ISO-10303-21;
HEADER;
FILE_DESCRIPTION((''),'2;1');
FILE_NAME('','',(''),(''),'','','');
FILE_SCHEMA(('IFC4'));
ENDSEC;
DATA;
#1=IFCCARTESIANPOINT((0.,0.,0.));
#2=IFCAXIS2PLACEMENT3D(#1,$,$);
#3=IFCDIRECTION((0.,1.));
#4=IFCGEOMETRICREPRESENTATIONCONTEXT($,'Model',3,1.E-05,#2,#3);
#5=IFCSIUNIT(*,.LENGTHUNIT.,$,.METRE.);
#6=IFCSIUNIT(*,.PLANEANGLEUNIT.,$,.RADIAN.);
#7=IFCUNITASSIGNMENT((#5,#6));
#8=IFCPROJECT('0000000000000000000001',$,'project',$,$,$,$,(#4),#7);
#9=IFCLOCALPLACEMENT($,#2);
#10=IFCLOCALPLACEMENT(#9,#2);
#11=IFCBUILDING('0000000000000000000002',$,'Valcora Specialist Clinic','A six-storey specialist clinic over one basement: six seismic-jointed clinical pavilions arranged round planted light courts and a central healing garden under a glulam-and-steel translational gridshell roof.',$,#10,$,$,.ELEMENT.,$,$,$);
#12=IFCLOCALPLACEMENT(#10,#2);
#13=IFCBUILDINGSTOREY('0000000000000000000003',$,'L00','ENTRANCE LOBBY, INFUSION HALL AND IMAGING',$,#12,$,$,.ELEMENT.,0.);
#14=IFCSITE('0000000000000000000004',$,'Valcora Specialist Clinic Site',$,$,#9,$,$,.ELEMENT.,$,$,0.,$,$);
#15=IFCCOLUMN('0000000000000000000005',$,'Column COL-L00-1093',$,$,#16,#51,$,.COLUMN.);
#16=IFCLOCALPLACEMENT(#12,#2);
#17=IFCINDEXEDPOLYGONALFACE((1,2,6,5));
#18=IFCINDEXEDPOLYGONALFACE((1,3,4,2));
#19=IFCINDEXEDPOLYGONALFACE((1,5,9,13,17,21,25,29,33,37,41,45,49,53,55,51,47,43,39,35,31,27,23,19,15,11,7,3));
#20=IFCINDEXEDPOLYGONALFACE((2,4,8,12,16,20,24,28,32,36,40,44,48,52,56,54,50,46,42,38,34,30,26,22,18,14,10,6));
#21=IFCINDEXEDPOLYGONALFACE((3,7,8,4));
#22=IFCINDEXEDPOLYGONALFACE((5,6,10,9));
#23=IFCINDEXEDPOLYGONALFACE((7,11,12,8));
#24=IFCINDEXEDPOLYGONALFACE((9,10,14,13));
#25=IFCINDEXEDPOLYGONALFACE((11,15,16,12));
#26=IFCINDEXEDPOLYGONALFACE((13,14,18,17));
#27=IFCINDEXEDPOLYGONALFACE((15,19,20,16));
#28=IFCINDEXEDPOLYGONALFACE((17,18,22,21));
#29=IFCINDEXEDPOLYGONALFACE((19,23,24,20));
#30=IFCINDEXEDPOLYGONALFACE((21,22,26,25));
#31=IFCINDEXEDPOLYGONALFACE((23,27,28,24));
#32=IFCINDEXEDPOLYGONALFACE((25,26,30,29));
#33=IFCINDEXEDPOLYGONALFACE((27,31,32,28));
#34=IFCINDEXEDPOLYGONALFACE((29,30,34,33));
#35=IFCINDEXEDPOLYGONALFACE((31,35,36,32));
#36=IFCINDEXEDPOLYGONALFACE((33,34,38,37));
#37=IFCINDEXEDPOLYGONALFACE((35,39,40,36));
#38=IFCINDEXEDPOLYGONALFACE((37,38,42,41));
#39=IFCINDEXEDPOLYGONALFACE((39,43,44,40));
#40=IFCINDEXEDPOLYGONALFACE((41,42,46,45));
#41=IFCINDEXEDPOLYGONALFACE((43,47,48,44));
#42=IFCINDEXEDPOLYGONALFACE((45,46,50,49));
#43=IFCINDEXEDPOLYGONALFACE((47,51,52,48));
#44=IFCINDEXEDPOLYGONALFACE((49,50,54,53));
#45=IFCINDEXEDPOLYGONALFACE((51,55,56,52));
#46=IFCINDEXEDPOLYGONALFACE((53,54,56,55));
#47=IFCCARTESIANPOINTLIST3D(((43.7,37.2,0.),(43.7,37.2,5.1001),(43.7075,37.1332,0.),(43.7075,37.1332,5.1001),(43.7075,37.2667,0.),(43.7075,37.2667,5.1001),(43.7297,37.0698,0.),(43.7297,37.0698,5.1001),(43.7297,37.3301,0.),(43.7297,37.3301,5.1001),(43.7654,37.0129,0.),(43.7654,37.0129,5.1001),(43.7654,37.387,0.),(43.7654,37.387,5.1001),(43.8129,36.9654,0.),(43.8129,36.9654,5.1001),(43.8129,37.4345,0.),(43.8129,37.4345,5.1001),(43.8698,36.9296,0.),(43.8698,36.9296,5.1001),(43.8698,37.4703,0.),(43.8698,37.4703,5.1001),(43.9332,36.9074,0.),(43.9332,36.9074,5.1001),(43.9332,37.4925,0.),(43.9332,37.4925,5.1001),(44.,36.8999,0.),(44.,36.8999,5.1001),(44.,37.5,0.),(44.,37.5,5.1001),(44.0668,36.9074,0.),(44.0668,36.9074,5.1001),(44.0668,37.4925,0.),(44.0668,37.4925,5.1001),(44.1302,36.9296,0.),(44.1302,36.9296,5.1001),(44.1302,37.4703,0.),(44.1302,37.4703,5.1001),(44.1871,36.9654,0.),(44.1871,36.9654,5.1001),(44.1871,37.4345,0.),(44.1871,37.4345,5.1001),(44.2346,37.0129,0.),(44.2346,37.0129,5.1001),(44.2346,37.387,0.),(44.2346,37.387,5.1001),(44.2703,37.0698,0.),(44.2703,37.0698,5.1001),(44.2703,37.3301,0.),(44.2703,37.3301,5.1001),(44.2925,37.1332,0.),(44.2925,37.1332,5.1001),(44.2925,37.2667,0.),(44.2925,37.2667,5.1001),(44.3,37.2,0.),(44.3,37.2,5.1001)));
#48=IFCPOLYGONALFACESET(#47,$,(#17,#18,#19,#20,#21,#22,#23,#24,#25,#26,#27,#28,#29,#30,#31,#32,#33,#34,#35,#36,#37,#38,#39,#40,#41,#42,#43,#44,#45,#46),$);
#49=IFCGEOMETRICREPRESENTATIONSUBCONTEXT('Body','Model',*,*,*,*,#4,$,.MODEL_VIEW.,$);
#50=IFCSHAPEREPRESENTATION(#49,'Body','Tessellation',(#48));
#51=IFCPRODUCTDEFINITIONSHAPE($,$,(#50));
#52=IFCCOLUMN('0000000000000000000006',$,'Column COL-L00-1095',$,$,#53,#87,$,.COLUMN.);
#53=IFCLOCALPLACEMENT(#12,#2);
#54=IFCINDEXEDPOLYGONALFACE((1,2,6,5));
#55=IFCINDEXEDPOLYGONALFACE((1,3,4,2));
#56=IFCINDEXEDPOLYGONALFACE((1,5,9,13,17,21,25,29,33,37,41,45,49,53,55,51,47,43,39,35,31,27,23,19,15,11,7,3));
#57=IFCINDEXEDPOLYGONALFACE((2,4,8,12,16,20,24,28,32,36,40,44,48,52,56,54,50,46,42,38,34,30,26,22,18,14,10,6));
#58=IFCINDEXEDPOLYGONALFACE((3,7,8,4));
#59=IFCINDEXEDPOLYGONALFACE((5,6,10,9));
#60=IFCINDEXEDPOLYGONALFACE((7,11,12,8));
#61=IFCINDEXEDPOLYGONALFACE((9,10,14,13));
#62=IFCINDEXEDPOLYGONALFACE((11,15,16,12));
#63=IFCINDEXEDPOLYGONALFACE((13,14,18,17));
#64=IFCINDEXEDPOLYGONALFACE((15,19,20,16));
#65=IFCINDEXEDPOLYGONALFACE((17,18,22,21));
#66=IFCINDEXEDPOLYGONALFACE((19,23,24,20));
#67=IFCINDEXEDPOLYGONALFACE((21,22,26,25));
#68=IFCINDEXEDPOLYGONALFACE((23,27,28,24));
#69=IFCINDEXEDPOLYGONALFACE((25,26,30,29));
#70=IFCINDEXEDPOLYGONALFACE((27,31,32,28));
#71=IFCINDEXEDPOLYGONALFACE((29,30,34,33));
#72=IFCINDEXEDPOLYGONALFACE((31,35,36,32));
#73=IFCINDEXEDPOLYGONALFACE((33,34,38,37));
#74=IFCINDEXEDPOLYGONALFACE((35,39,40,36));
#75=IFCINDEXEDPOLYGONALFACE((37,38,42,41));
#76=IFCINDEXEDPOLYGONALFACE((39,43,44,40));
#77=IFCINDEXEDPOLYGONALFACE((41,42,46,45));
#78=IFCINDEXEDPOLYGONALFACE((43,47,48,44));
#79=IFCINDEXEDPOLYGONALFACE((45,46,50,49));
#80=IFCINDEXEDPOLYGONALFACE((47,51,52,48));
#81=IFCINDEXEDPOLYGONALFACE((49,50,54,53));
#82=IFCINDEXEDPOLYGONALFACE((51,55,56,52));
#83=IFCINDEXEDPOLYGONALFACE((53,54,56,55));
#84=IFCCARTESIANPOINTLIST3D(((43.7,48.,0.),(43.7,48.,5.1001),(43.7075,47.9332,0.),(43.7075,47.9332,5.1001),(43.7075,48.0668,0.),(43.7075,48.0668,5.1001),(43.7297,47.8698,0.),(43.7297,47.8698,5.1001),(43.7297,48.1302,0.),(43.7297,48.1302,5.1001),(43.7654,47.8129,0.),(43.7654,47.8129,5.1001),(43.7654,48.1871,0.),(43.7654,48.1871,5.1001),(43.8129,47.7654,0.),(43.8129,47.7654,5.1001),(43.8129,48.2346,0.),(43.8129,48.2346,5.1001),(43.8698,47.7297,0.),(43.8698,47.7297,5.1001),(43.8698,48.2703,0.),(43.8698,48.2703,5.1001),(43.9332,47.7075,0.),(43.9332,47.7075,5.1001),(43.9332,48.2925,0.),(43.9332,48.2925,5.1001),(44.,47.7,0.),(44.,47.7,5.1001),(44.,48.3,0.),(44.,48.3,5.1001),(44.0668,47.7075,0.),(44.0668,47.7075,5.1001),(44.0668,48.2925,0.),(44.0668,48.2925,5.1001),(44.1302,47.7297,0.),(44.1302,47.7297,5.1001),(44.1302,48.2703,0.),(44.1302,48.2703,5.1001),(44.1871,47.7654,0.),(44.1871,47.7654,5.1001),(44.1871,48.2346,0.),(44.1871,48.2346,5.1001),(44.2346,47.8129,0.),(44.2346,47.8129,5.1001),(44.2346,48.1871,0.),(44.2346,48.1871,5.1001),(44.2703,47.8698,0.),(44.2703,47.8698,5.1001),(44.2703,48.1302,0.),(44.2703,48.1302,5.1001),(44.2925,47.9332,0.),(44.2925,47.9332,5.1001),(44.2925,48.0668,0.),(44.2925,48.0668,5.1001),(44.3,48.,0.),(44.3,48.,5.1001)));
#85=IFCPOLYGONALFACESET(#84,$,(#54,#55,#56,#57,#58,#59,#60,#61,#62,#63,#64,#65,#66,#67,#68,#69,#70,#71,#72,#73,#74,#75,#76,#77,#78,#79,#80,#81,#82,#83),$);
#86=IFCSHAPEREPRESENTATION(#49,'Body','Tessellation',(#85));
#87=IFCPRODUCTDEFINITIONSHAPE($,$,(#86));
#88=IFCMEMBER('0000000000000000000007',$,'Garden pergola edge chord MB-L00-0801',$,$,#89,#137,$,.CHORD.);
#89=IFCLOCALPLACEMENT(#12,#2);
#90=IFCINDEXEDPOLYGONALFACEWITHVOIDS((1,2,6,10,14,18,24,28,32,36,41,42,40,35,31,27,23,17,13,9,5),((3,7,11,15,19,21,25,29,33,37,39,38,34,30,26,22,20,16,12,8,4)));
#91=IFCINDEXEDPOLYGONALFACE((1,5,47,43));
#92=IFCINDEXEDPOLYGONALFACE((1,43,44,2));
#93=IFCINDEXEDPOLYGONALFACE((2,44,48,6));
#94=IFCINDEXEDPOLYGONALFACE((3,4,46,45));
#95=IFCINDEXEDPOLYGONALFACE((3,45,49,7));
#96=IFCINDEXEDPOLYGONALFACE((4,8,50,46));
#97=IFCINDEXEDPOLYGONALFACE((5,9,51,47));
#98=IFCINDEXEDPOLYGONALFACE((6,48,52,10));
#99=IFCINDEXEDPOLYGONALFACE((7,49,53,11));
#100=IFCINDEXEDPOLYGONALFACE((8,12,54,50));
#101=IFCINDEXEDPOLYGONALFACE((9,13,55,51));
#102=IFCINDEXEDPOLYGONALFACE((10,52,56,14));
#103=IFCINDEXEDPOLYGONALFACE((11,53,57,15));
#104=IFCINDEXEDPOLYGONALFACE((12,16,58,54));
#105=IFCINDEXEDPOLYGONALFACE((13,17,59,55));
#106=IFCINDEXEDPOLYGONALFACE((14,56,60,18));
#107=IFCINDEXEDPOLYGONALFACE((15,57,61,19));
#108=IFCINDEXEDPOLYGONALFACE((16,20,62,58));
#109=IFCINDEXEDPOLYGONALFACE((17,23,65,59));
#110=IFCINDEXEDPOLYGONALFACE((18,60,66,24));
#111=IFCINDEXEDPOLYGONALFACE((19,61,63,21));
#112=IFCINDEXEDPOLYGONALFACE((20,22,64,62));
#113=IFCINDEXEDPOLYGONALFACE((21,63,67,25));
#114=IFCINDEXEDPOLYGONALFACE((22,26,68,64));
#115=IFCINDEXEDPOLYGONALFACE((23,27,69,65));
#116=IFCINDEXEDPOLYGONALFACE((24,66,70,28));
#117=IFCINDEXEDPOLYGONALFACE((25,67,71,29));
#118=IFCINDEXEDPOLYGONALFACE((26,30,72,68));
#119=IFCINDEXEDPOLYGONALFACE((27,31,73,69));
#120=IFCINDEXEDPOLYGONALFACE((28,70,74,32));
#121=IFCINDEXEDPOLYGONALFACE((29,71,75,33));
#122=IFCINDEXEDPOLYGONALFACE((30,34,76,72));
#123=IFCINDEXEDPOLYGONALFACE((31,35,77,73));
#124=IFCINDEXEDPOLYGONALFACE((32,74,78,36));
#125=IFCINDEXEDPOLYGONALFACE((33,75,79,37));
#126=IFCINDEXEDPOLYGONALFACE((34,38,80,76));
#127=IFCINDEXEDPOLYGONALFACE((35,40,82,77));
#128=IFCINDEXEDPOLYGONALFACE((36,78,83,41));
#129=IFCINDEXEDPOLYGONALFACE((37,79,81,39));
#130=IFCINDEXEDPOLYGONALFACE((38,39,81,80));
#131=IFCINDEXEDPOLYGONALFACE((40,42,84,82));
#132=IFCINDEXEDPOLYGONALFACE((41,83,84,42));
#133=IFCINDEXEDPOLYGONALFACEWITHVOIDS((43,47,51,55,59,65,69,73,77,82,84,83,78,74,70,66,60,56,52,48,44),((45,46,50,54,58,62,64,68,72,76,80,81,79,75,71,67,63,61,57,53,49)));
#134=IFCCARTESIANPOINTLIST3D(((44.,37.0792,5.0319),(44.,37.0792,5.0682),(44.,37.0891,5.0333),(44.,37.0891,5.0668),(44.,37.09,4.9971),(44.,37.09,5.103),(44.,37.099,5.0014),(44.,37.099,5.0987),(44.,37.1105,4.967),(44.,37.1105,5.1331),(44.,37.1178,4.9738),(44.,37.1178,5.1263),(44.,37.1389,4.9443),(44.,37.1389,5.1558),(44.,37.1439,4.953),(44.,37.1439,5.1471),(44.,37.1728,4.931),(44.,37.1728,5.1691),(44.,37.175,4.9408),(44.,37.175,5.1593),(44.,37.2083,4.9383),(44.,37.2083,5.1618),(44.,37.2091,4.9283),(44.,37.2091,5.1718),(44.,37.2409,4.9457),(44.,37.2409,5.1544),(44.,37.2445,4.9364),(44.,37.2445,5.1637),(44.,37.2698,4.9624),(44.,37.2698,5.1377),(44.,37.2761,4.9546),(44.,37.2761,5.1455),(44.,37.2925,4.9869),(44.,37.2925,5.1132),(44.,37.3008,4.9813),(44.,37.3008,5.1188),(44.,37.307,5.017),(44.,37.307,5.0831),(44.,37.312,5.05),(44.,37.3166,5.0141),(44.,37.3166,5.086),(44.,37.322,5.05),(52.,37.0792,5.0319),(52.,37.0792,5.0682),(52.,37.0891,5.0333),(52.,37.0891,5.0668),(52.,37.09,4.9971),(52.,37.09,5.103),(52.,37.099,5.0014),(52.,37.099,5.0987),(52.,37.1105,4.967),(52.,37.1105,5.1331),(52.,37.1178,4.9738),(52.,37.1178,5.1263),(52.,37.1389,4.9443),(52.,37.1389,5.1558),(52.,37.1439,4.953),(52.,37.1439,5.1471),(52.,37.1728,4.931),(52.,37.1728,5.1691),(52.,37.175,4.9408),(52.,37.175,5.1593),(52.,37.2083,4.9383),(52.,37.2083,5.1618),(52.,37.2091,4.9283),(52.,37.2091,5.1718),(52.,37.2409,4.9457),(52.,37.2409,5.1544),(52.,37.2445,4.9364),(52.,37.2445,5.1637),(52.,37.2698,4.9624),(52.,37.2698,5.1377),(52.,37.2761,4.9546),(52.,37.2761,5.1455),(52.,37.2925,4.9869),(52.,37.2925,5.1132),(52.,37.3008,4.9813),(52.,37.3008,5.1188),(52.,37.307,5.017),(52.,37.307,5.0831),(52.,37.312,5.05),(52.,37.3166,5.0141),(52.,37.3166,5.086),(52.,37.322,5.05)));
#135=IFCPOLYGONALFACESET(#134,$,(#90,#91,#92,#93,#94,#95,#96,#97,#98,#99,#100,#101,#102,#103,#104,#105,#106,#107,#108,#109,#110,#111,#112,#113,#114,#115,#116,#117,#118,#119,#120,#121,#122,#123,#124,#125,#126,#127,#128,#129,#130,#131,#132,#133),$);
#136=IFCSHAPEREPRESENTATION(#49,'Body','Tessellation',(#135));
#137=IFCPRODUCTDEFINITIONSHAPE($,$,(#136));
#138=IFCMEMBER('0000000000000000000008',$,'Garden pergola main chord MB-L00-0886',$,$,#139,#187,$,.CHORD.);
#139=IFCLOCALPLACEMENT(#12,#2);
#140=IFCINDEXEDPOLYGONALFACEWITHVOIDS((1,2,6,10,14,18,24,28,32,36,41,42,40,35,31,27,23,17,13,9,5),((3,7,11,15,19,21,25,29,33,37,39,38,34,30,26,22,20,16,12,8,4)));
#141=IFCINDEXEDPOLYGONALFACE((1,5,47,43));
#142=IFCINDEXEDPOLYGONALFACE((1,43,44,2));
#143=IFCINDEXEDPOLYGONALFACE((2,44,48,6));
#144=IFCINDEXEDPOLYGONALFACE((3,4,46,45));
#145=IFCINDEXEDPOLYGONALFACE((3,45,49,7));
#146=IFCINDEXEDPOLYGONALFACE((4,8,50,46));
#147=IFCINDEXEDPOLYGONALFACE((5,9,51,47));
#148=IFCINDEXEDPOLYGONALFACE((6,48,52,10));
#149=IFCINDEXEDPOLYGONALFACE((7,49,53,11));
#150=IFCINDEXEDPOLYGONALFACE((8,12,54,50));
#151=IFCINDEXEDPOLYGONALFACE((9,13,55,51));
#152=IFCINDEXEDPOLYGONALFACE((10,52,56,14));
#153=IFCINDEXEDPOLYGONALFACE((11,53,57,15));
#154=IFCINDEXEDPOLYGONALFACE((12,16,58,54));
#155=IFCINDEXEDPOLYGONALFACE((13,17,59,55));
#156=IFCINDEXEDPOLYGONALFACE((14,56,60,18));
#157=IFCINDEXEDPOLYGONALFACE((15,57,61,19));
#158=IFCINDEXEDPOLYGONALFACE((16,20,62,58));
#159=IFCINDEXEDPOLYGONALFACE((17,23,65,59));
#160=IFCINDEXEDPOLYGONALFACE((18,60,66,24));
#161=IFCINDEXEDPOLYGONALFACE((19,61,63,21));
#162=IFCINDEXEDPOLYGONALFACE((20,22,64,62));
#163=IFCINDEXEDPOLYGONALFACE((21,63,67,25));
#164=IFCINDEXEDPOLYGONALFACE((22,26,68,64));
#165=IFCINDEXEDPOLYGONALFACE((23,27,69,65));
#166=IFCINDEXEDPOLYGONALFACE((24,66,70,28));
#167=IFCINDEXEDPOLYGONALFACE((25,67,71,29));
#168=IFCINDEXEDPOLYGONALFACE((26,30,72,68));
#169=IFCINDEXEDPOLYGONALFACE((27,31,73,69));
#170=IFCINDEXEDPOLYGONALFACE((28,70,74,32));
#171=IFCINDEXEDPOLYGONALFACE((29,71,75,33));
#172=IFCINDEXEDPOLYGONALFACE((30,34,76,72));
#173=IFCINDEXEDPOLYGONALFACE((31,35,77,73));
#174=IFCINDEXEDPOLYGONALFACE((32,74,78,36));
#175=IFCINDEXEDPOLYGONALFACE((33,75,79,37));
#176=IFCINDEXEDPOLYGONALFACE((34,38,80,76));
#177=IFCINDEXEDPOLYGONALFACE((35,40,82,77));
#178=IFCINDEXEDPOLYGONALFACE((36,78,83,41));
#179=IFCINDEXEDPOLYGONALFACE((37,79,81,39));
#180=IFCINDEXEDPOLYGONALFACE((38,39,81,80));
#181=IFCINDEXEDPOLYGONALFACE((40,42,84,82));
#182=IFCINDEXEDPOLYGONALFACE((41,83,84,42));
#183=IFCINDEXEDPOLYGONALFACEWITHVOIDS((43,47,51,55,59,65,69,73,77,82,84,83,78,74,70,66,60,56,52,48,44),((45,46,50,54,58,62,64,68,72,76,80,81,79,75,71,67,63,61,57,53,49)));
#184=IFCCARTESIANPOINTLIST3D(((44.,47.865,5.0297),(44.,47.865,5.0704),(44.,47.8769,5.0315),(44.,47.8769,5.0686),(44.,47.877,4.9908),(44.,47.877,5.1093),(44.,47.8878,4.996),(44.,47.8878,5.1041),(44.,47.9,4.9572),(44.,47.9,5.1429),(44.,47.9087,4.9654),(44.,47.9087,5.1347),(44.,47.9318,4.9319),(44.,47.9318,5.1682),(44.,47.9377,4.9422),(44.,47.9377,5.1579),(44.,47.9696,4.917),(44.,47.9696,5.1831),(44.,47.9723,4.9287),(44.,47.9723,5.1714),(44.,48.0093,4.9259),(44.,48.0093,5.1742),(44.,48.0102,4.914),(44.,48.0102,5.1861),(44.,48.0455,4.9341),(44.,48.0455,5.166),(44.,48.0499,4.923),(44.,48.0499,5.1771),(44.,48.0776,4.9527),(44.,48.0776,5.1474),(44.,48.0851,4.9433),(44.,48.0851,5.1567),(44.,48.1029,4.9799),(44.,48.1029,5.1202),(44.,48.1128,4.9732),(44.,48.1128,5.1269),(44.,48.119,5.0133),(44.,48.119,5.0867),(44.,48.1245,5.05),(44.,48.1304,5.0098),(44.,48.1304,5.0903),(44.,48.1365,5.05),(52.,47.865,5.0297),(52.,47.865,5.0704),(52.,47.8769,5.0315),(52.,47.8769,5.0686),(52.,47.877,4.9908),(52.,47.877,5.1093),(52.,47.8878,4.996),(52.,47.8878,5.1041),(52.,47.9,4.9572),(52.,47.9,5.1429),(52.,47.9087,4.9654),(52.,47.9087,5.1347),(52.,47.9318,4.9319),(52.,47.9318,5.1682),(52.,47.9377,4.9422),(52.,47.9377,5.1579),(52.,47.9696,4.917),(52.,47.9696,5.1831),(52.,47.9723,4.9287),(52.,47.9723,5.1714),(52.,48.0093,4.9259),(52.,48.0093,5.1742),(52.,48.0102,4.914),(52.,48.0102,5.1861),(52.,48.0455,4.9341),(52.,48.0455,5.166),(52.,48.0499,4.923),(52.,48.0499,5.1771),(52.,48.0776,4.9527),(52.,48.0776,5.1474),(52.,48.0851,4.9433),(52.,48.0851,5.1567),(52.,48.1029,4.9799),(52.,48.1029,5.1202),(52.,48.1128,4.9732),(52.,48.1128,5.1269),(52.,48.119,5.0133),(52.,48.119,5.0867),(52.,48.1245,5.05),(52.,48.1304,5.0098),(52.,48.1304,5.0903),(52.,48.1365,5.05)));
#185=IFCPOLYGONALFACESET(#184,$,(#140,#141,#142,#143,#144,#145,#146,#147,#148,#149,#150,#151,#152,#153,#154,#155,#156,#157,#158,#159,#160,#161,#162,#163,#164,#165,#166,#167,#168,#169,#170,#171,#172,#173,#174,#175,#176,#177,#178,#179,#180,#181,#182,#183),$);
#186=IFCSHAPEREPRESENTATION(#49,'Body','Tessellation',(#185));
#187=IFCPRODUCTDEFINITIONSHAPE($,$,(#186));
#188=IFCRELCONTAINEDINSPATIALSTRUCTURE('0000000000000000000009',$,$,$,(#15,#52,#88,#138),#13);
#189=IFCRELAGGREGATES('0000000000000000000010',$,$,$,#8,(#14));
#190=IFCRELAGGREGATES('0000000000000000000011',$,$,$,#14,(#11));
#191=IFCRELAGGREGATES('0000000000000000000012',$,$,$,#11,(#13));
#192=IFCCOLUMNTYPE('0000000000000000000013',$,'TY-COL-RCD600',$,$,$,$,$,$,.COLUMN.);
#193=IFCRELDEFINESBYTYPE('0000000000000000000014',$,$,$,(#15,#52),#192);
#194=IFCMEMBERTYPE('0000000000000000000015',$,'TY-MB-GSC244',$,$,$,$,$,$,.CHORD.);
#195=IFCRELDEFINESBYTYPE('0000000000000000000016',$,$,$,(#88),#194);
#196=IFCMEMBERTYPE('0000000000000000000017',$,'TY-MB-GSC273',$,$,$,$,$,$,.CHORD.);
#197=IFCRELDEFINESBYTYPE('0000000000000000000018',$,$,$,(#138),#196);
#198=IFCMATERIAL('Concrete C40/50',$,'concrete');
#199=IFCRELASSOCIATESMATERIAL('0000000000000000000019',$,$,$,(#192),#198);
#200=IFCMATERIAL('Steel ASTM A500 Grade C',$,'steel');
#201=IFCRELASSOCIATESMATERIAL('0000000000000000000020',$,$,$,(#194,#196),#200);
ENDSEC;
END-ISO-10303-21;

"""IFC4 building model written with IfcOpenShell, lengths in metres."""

from ifc_helpers import new_model, si_unit, direction, frame, origin, origin_2d, place, context, subcontext, project, spatial, circle, hollow_circle, extrude, material, material_profile, profile_set, type_object, element, save


model = new_model("IFC4")

# Units and contexts
model_context = context("Model", 3, precision=1e-05, world=origin(), true_north=direction((0.0, 1.0)))
body_context = subcontext(model_context, "Body", "Model", "MODEL_VIEW")
ifc_project = project(units=[si_unit("LENGTHUNIT", "METRE"), si_unit("PLANEANGLEUNIT", "RADIAN")], contexts=[model_context])

# Site, building, storey
site_placement = place(None, origin())
site = spatial("IfcSite", under=ifc_project, at=site_placement, Name="Valcora Specialist Clinic Site", CompositionType="ELEMENT", RefElevation=0.0)
building_placement = place(site_placement, origin())
building = spatial("IfcBuilding", under=site, at=building_placement, Name="Valcora Specialist Clinic", Description="A six-storey specialist clinic over one basement: six seismic-jointed clinical pavilions arranged round planted light courts and a central healing garden under a glulam-and-steel translational gridshell roof.", CompositionType="ELEMENT")
storey_placement = place(building_placement, origin())
storey = spatial("IfcBuildingStorey", under=building, at=storey_placement, Name="L00", Description="ENTRANCE LOBBY, INFUSION HALL AND IMAGING", CompositionType="ELEMENT", Elevation=0.0)

# Columns
ifc_material_1 = material(Name="Concrete C40/50", Category="concrete")
ifc_material_profile_1 = material_profile(ifc_material_1, circle(Radius=0.3, at=origin_2d()), Name="RC-COL-D600")
ifc_profile_set_1 = profile_set([ifc_material_profile_1], Name="Concrete C40/50")
column_type = type_object("IfcColumnType", Name="TY-COL-RCD600", PredefinedType="COLUMN", material=ifc_profile_set_1)
for number, where, z_axis, x_axis, name in (
    (1, (44.0, 37.2, 0.0), (0.0, 0.0, 1.0), (1.0, 0.0, 0.0), "Column COL-L00-1093"),
    (2, (44.0, 48.0, 0.0), (0.0, 0.0, 1.0), (1.0, 0.0, 0.0), "Column COL-L00-1095"),
):
    element("IfcColumn", number, at=place(storey_placement, frame(where, z_axis=z_axis, x_axis=x_axis)), inside=storey, type_object=column_type, Name=name, PredefinedType="COLUMN", context=body_context, shape_type="SweptSolid", body=[
        extrude(circle(Radius=0.3, at=origin_2d()), origin(), (0.0, 0.0, 1.0), 5.1001),
    ])

# Members
ifc_material_2 = material(Name="Steel ASTM A500 Grade C", Category="steel")
ifc_material_profile_2 = material_profile(ifc_material_2, hollow_circle(Radius=0.1221, WallThickness=0.01, at=origin_2d()), Name="ST-CHS-244X10")
ifc_profile_set_2 = profile_set([ifc_material_profile_2], Name="Steel ASTM A500 Grade C")
member_type_1 = type_object("IfcMemberType", Name="TY-MB-GSC244", PredefinedType="CHORD", material=ifc_profile_set_2)
member_1_placement = place(storey_placement, frame((44.0, 37.2, 5.05), z_axis=(1.0, 0.0, 0.0), x_axis=(0.0, 1.0, 0.0)))
element("IfcMember", 3, at=member_1_placement, inside=storey, type_object=member_type_1, Name="Garden pergola edge chord MB-L00-0801", PredefinedType="CHORD", context=body_context, shape_type="SweptSolid", body=[
    extrude(hollow_circle(Radius=0.1221, WallThickness=0.01, at=origin_2d()), origin(), (0.0, 0.0, 1.0), 8.0),
])
ifc_material_profile_3 = material_profile(ifc_material_2, hollow_circle(Radius=0.1365, WallThickness=0.012, at=origin_2d()), Name="ST-CHS-273X12")
ifc_profile_set_3 = profile_set([ifc_material_profile_3], Name="Steel ASTM A500 Grade C")
member_type_2 = type_object("IfcMemberType", Name="TY-MB-GSC273", PredefinedType="CHORD", material=ifc_profile_set_3)
member_2_placement = place(storey_placement, frame((44.0, 48.0, 5.05), z_axis=(1.0, 0.0, 0.0), x_axis=(0.0, 1.0, 0.0)))
element("IfcMember", 4, at=member_2_placement, inside=storey, type_object=member_type_2, Name="Garden pergola main chord MB-L00-0886", PredefinedType="CHORD", context=body_context, shape_type="SweptSolid", body=[
    extrude(hollow_circle(Radius=0.1365, WallThickness=0.012, at=origin_2d()), origin(), (0.0, 0.0, 1.0), 8.0),
])

save(model, "model.ifc")
